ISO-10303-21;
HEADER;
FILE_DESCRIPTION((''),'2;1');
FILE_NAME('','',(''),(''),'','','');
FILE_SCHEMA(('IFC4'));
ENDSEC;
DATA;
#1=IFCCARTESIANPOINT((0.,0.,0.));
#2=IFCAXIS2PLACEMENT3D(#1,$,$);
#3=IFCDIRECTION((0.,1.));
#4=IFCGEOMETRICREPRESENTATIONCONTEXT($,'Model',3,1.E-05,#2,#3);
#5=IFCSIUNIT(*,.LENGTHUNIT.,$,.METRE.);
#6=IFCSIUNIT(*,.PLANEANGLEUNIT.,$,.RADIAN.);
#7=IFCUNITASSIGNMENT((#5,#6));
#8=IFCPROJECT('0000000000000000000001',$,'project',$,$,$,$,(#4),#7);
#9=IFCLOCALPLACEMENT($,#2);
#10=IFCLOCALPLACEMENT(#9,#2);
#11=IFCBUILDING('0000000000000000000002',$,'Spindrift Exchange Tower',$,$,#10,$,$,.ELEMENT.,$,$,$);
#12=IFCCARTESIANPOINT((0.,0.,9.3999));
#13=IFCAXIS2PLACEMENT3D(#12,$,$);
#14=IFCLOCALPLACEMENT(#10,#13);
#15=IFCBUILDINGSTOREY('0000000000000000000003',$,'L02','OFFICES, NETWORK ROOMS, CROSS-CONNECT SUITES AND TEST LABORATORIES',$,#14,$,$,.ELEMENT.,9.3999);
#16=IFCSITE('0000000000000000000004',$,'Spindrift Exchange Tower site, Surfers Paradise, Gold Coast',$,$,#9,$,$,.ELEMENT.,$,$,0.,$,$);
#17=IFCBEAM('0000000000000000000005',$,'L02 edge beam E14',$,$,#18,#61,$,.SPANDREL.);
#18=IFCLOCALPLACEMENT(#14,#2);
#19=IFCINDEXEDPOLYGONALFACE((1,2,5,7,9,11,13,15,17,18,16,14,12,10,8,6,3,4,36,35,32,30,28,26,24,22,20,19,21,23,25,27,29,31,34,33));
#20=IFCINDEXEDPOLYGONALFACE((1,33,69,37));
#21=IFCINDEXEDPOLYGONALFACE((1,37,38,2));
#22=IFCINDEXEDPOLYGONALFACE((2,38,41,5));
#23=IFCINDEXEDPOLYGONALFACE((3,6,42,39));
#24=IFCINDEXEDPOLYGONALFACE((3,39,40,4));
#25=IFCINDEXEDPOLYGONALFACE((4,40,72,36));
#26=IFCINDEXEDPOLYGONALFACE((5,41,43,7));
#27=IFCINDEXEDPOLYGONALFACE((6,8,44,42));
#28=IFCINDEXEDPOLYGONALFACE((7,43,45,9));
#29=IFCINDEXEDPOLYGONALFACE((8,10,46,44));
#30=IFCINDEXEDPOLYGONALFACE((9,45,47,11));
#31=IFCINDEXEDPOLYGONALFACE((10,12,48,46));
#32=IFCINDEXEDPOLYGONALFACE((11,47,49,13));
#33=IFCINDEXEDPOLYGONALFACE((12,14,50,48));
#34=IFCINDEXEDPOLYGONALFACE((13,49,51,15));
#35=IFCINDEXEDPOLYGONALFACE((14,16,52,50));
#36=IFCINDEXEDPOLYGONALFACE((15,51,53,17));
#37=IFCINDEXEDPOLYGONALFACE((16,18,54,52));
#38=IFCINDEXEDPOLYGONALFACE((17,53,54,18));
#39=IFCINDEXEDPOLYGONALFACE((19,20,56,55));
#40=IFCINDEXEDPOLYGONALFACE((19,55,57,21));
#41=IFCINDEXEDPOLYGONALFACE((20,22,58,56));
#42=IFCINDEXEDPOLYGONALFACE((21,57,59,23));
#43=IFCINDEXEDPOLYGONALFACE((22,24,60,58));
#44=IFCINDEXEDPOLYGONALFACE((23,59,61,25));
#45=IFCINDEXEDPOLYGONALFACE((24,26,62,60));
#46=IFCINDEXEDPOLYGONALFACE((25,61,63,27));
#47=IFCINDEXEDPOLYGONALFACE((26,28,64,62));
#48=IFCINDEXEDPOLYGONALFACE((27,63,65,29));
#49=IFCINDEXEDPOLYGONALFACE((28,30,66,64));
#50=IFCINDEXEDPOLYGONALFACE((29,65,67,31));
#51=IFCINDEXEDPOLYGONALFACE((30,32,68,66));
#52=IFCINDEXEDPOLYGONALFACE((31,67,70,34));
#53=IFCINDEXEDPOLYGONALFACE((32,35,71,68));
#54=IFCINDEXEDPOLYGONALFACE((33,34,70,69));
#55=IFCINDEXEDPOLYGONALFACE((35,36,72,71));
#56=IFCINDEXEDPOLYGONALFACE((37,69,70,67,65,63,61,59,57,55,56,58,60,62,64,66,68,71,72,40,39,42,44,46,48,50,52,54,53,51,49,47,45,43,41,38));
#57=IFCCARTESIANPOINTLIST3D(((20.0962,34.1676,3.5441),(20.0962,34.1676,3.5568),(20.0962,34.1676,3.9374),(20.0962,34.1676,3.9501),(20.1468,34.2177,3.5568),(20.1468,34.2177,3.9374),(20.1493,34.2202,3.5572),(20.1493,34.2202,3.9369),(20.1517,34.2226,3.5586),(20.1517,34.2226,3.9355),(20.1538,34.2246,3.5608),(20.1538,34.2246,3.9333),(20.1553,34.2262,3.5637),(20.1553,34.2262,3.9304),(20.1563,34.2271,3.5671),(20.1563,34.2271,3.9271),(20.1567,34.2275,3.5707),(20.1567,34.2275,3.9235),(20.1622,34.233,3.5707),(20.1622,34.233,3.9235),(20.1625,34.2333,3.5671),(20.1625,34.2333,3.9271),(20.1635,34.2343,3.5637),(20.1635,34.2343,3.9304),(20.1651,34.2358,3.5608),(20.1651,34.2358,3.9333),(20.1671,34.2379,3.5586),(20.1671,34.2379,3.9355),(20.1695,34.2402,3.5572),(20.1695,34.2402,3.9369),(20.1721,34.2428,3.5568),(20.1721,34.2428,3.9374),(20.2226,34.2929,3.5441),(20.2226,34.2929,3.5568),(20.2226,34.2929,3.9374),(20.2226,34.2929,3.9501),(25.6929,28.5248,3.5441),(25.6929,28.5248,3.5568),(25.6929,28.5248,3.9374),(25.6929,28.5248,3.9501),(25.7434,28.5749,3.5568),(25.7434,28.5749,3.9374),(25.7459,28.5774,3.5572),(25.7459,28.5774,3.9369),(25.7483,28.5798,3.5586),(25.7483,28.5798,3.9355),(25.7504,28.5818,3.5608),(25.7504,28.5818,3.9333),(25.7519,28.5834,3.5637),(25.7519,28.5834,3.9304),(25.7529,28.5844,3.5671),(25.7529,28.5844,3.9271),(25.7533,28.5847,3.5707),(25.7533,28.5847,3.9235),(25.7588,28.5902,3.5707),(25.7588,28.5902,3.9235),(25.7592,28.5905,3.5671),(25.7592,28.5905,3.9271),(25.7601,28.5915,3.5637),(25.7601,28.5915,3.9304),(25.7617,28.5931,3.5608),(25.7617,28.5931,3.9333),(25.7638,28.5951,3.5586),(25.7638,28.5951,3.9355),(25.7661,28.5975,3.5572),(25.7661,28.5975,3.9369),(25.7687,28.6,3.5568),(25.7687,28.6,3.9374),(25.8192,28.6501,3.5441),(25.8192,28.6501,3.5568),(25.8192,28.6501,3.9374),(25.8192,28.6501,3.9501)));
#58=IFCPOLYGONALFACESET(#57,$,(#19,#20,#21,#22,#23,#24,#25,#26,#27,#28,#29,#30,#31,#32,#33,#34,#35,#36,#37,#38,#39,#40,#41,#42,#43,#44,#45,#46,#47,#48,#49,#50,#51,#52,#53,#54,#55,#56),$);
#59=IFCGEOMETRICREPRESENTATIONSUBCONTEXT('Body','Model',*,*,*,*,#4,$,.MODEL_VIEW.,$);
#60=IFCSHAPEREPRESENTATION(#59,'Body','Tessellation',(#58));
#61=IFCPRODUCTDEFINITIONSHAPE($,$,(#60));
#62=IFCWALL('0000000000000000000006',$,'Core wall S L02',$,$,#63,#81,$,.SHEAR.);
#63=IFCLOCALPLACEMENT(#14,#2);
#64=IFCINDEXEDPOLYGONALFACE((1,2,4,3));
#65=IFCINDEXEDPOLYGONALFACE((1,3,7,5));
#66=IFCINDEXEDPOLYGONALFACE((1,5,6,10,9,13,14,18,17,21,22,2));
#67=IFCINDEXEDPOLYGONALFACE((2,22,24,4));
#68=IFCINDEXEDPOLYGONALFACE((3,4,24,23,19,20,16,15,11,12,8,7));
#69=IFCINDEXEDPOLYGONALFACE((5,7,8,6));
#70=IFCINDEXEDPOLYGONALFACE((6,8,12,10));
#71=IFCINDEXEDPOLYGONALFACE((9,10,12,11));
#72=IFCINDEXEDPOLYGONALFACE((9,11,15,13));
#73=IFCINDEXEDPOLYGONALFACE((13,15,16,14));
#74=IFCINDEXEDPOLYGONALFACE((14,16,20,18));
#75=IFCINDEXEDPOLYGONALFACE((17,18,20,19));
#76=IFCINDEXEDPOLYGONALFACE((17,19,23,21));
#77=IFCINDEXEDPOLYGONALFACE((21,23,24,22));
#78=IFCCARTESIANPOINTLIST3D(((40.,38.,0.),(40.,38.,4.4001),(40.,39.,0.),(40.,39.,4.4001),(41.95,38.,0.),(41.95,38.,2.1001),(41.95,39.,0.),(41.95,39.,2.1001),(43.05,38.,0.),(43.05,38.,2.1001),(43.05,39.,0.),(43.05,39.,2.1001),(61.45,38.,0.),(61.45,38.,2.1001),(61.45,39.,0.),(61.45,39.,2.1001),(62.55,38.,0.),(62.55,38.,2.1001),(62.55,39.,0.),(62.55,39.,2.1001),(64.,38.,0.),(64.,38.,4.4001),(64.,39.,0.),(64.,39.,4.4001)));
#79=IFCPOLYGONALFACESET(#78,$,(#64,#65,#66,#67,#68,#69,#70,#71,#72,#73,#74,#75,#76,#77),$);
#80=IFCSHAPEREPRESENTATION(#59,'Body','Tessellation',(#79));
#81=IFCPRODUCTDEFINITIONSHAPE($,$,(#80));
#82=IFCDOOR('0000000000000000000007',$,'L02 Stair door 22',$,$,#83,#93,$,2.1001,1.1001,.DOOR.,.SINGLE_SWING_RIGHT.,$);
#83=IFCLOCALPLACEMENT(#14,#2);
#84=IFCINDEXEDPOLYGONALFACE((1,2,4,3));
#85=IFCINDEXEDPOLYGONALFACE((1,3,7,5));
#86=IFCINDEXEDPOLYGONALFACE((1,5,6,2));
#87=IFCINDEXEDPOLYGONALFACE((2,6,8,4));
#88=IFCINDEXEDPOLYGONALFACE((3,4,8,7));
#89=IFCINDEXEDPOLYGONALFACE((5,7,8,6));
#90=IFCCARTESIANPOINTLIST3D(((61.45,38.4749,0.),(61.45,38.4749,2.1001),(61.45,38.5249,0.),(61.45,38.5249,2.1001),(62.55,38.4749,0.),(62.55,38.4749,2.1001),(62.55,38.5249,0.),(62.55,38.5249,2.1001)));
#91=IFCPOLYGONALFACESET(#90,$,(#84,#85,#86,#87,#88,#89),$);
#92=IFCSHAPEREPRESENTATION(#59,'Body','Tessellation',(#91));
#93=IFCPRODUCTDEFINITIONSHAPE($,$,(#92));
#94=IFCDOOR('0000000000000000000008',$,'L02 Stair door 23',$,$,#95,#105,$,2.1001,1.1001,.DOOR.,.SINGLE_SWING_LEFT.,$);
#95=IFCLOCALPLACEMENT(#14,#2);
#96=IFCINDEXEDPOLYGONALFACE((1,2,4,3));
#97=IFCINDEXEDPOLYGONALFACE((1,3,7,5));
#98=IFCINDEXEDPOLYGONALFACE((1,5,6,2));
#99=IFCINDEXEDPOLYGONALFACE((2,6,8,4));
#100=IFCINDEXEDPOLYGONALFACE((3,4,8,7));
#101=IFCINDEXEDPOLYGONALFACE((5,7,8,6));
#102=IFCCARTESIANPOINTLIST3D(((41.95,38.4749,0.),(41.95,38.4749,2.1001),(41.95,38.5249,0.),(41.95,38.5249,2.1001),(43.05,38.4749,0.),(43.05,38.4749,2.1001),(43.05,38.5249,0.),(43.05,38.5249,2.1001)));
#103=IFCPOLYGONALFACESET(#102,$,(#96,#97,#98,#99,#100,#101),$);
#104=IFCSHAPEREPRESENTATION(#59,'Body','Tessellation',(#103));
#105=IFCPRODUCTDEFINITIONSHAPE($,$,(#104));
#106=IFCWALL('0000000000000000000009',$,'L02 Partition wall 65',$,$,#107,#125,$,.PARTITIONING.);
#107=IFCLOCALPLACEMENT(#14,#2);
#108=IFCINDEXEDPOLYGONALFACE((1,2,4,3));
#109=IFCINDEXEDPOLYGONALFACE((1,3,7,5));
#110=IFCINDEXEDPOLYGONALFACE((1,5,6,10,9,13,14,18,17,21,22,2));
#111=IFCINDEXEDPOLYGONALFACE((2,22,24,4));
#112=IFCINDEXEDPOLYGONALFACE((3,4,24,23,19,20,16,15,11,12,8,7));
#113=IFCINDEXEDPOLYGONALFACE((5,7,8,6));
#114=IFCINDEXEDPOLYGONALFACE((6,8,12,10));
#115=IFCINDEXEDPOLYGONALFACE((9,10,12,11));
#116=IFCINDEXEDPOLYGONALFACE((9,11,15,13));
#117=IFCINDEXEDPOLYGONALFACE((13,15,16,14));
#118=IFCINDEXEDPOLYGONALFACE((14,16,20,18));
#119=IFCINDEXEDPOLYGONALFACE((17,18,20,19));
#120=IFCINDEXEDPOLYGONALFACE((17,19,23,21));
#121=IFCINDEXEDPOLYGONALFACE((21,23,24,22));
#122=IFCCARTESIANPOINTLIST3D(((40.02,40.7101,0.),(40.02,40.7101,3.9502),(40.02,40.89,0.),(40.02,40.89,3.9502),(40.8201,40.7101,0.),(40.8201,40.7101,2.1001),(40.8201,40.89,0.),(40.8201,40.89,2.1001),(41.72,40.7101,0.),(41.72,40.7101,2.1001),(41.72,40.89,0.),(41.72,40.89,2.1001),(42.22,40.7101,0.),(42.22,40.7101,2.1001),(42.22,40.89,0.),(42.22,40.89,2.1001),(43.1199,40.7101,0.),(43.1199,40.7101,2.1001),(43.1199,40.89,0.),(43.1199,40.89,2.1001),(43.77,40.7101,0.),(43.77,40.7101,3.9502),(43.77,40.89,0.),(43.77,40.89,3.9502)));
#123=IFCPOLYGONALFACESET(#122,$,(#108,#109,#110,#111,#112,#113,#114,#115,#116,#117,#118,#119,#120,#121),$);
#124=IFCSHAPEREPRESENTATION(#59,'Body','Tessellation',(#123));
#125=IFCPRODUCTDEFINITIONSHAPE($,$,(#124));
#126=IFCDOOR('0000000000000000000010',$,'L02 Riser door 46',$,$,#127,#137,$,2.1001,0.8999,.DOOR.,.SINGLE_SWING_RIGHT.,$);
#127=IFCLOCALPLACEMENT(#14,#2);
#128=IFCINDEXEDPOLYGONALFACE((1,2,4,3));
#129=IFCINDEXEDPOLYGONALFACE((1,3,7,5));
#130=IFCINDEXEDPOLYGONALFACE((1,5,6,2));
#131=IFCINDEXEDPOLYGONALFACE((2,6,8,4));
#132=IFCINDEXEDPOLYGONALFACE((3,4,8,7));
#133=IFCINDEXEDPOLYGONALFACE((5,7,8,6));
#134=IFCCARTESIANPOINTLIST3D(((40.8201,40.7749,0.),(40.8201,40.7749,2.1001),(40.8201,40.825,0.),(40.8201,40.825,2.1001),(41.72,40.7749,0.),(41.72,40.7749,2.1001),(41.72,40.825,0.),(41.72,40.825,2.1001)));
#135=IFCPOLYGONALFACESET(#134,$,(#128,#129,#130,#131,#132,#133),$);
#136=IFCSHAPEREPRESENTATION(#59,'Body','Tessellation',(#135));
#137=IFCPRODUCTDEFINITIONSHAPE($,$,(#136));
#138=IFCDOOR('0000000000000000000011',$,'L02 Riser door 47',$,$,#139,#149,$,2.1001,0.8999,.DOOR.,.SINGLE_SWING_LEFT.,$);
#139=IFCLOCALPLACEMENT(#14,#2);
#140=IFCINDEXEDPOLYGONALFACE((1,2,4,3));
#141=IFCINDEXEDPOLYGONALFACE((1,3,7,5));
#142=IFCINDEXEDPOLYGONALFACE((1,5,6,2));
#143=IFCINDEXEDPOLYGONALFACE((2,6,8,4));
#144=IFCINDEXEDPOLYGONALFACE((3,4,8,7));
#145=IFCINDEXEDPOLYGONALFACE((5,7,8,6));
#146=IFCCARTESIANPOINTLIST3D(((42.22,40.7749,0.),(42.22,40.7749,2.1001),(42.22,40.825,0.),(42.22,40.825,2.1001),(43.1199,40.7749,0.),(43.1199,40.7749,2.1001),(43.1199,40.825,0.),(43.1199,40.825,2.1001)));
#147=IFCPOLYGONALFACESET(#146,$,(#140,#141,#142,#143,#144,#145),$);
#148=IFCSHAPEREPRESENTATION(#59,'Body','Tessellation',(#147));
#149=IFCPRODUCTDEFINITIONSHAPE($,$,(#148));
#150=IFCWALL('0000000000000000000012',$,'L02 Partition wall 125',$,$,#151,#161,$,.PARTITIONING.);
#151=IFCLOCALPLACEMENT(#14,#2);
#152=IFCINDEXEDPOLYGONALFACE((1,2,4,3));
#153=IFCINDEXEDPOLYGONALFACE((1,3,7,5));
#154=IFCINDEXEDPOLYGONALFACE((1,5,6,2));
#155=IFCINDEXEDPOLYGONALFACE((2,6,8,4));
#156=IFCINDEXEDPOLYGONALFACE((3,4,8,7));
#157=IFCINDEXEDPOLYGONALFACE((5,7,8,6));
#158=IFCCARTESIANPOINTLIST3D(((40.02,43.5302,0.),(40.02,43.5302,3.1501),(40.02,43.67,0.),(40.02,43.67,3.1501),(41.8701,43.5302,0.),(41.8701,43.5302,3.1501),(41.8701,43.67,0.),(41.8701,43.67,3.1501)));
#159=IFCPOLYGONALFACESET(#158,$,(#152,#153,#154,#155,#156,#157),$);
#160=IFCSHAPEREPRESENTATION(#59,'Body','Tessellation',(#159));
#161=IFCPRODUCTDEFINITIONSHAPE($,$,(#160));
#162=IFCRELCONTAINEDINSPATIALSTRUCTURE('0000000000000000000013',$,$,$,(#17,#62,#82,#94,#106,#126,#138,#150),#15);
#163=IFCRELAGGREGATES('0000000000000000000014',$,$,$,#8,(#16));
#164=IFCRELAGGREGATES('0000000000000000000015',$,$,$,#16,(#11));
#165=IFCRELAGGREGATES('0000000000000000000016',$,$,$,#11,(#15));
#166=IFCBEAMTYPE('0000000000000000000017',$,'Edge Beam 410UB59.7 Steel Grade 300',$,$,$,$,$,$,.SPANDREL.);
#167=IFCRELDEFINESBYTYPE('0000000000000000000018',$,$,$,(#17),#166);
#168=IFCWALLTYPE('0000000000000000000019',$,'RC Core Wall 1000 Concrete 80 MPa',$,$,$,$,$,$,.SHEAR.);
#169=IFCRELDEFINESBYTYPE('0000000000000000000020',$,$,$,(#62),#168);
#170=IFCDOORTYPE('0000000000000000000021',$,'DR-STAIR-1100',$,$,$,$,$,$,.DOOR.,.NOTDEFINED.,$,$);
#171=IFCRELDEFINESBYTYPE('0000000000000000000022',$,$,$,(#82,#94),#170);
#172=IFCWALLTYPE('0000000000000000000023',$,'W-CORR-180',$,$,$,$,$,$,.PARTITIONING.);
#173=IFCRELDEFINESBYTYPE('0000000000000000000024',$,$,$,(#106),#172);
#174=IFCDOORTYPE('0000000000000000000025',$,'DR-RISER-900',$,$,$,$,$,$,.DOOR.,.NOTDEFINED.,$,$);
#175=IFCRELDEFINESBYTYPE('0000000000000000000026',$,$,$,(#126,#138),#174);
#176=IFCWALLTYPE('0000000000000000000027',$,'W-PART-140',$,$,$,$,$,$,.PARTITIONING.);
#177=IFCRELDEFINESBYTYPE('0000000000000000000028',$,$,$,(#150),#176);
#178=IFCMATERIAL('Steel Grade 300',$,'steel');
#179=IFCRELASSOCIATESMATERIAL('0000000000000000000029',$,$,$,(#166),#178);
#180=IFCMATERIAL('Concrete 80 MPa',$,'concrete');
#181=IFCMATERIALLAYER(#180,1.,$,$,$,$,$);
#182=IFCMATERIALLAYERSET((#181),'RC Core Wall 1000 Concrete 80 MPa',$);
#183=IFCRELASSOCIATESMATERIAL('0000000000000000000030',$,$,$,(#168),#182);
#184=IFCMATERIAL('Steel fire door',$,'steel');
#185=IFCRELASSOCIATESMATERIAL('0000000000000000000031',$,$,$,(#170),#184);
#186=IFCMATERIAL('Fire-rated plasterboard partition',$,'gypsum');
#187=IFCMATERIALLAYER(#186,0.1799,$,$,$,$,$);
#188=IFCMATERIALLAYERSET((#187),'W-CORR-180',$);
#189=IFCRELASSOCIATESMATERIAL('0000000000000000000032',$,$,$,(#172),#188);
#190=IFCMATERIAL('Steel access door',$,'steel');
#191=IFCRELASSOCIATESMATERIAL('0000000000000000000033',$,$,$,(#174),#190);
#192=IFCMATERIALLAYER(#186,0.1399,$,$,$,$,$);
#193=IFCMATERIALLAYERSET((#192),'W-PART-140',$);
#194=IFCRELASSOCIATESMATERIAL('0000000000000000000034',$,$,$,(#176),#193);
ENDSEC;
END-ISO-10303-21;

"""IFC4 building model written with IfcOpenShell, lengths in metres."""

from ifc_helpers import new_model, si_unit, direction, frame, frame_2d, origin, origin_2d, place, context, subcontext, project, spatial, rectangle, i_section, extrude, source, transform, mapped, material, layer, layer_set, material_profile, profile_set, type_object, element, fill, save


model = new_model("IFC4")

# Units and contexts
model_context = context("Model", 3, precision=1e-05, world=origin(), true_north=direction((0.0, 1.0)))
body_context = subcontext(model_context, "Body", "Model", "MODEL_VIEW")
ifc_project = project(units=[si_unit("LENGTHUNIT", "METRE"), si_unit("PLANEANGLEUNIT", "RADIAN")], contexts=[model_context])

# Site, building, storey
site_placement = place(None, origin())
site = spatial("IfcSite", under=ifc_project, at=site_placement, Name="Spindrift Exchange Tower site, Surfers Paradise, Gold Coast", CompositionType="ELEMENT", RefElevation=0.0)
building_placement = place(site_placement, origin())
building = spatial("IfcBuilding", under=site, at=building_placement, Name="Spindrift Exchange Tower", CompositionType="ELEMENT")
storey_placement = place(building_placement, frame((0.0, 0.0, 9.3999)))
storey = spatial("IfcBuildingStorey", under=building, at=storey_placement, Name="L02", Description="OFFICES, NETWORK ROOMS, CROSS-CONNECT SUITES AND TEST LABORATORIES", CompositionType="ELEMENT", Elevation=9.3999)

# Shared definitions
ifc_material_1 = material(Name="Concrete 80 MPa", Category="concrete")

# Beam
ifc_material_2 = material(Name="Steel Grade 300", Category="steel")
ifc_material_profile_1 = material_profile(ifc_material_2, i_section(OverallWidth=0.178, OverallDepth=0.406, WebThickness=0.0078, FlangeThickness=0.0127, FilletRadius=0.0139, at=origin_2d()), Name="410UB59.7")
ifc_profile_set_1 = profile_set([ifc_material_profile_1], Name="Steel Grade 300")
beam_type_1 = type_object("IfcBeamType", Name="Edge Beam 410UB59.7 Steel Grade 300", PredefinedType="SPANDREL", material=ifc_profile_set_1)
shared_shape_1 = source(origin(), body_context, "Body", "SweptSolid", [
    extrude(i_section(OverallWidth=0.178, OverallDepth=0.406, WebThickness=0.0078, FlangeThickness=0.0127, FilletRadius=0.0139, at=origin_2d()), origin(), (0.0, 0.0, 1.0), 7.9475),
])
beam_1_placement = place(storey_placement, frame((20.1594, 34.2302, 3.7471), z_axis=(0.704198, -0.710004, 0.0), x_axis=(0.710004, 0.704198, 0.0)))
element("IfcBeam", 1, at=beam_1_placement, inside=storey, type_object=beam_type_1, Name="L02 edge beam E14", PredefinedType="SPANDREL", context=body_context, shape_type="MappedRepresentation", body=[
    mapped(shared_shape_1, transform((0.0, 0.0, 0.0), scale=1.0)),
])

# Walls, openings, doors
ifc_layer_1 = layer(ifc_material_1, 1.0)
ifc_layer_set_1 = layer_set([ifc_layer_1], Name="RC Core Wall 1000 Concrete 80 MPa")
wall_type_1 = type_object("IfcWallType", Name="RC Core Wall 1000 Concrete 80 MPa", PredefinedType="SHEAR", material=ifc_layer_set_1)
wall_1_placement = place(storey_placement, frame((40.0, 38.5, 0.0), z_axis=(0.0, 0.0, 1.0), x_axis=(1.0, 0.0, 0.0)))
wall_1 = element("IfcWall", 2, at=wall_1_placement, inside=storey, type_object=wall_type_1, Name="Core wall S L02", PredefinedType="SHEAR", context=body_context, shape_type="SweptSolid", body=[
    extrude(rectangle(XDim=24.0, YDim=1.0, at=frame_2d((12.0, 0.0))), origin(), (0.0, 0.0, 1.0), 4.4001),
])
opening_1_placement = place(wall_1_placement, frame((21.45, 0.0, 0.0)))
opening_1 = element("IfcOpeningElement", 3, at=opening_1_placement, cuts=wall_1, PredefinedType="OPENING", context=body_context, shape_type="SweptSolid", body=[
    extrude(rectangle(XDim=1.1001, YDim=2.1001, at=frame_2d((0.55, 1.05))), frame((0.0, 0.51, 0.0), z_axis=(0.0, -1.0, 0.0), x_axis=(1.0, 0.0, 0.0)), (0.0, 0.0, 1.0), 1.02),
])
opening_2_placement = place(wall_1_placement, frame((1.95, 0.0, 0.0)))
opening_2 = element("IfcOpeningElement", 4, at=opening_2_placement, cuts=wall_1, PredefinedType="OPENING", context=body_context, shape_type="SweptSolid", body=[
    extrude(rectangle(XDim=1.1001, YDim=2.1001, at=frame_2d((0.55, 1.05))), frame((0.0, 0.51, 0.0), z_axis=(0.0, -1.0, 0.0), x_axis=(1.0, 0.0, 0.0)), (0.0, 0.0, 1.0), 1.02),
])
ifc_material_3 = material(Name="Steel fire door", Category="steel")
door_type_1 = type_object("IfcDoorType", Name="DR-STAIR-1100", OperationType="NOTDEFINED", PredefinedType="DOOR", material=ifc_material_3)
shared_shape_2 = source(origin(), body_context, "Body", "SweptSolid", [
    extrude(rectangle(XDim=1.1001, YDim=2.1001, at=frame_2d((0.55, 1.05))), frame((0.0, 0.0249, 0.0), z_axis=(0.0, -1.0, 0.0), x_axis=(1.0, 0.0, 0.0)), (0.0, 0.0, 1.0), 0.05),
])
door_1_placement = place(opening_1_placement, origin())
door_1 = element("IfcDoor", 5, at=door_1_placement, inside=storey, type_object=door_type_1, Name="L02 Stair door 22", OperationType="SINGLE_SWING_RIGHT", OverallHeight=2.1001, OverallWidth=1.1001, PredefinedType="DOOR", context=body_context, shape_type="MappedRepresentation", body=[
    mapped(shared_shape_2, transform((0.0, 0.0, 0.0), scale=1.0)),
])
fill(opening_1, door_1)
door_2_placement = place(opening_2_placement, origin())
door_2 = element("IfcDoor", 6, at=door_2_placement, inside=storey, type_object=door_type_1, Name="L02 Stair door 23", OperationType="SINGLE_SWING_LEFT", OverallHeight=2.1001, OverallWidth=1.1001, PredefinedType="DOOR", context=body_context, shape_type="MappedRepresentation", body=[
    mapped(shared_shape_2, transform((0.0, 0.0, 0.0), scale=1.0)),
])
fill(opening_2, door_2)
ifc_material_4 = material(Name="Fire-rated plasterboard partition", Category="gypsum")
ifc_layer_2 = layer(ifc_material_4, 0.1799)
ifc_layer_set_2 = layer_set([ifc_layer_2], Name="W-CORR-180")
wall_type_2 = type_object("IfcWallType", Name="W-CORR-180", PredefinedType="PARTITIONING", material=ifc_layer_set_2)
wall_2_placement = place(storey_placement, frame((40.02, 40.8, 0.0), z_axis=(0.0, 0.0, 1.0), x_axis=(1.0, 0.0, 0.0)))
wall_2 = element("IfcWall", 7, at=wall_2_placement, inside=storey, type_object=wall_type_2, Name="L02 Partition wall 65", PredefinedType="PARTITIONING", context=body_context, shape_type="SweptSolid", body=[
    extrude(rectangle(XDim=3.75, YDim=0.1799, at=frame_2d((1.875, 0.0))), origin(), (0.0, 0.0, 1.0), 3.9502),
])
opening_3_placement = place(wall_2_placement, frame((0.8, 0.0, 0.0)))
opening_3 = element("IfcOpeningElement", 8, at=opening_3_placement, cuts=wall_2, PredefinedType="OPENING", context=body_context, shape_type="SweptSolid", body=[
    extrude(rectangle(XDim=0.8999, YDim=2.1001, at=frame_2d((0.45, 1.05))), frame((0.0, 0.0999, 0.0), z_axis=(0.0, -1.0, 0.0), x_axis=(1.0, 0.0, 0.0)), (0.0, 0.0, 1.0), 0.2),
])
opening_4_placement = place(wall_2_placement, frame((2.2, 0.0, 0.0)))
opening_4 = element("IfcOpeningElement", 9, at=opening_4_placement, cuts=wall_2, PredefinedType="OPENING", context=body_context, shape_type="SweptSolid", body=[
    extrude(rectangle(XDim=0.8999, YDim=2.1001, at=frame_2d((0.45, 1.05))), frame((0.0, 0.0999, 0.0), z_axis=(0.0, -1.0, 0.0), x_axis=(1.0, 0.0, 0.0)), (0.0, 0.0, 1.0), 0.2),
])
ifc_material_5 = material(Name="Steel access door", Category="steel")
door_type_2 = type_object("IfcDoorType", Name="DR-RISER-900", OperationType="NOTDEFINED", PredefinedType="DOOR", material=ifc_material_5)
shared_shape_3 = source(origin(), body_context, "Body", "SweptSolid", [
    extrude(rectangle(XDim=0.8999, YDim=2.1001, at=frame_2d((0.45, 1.05))), frame((0.0, 0.0249, 0.0), z_axis=(0.0, -1.0, 0.0), x_axis=(1.0, 0.0, 0.0)), (0.0, 0.0, 1.0), 0.05),
])
door_3_placement = place(opening_3_placement, origin())
door_3 = element("IfcDoor", 10, at=door_3_placement, inside=storey, type_object=door_type_2, Name="L02 Riser door 46", OperationType="SINGLE_SWING_RIGHT", OverallHeight=2.1001, OverallWidth=0.8999, PredefinedType="DOOR", context=body_context, shape_type="MappedRepresentation", body=[
    mapped(shared_shape_3, transform((0.0, 0.0, 0.0), scale=1.0)),
])
fill(opening_3, door_3)
door_4_placement = place(opening_4_placement, origin())
door_4 = element("IfcDoor", 11, at=door_4_placement, inside=storey, type_object=door_type_2, Name="L02 Riser door 47", OperationType="SINGLE_SWING_LEFT", OverallHeight=2.1001, OverallWidth=0.8999, PredefinedType="DOOR", context=body_context, shape_type="MappedRepresentation", body=[
    mapped(shared_shape_3, transform((0.0, 0.0, 0.0), scale=1.0)),
])
fill(opening_4, door_4)

# Wall
ifc_layer_3 = layer(ifc_material_4, 0.1399)
ifc_layer_set_3 = layer_set([ifc_layer_3], Name="W-PART-140")
wall_type_3 = type_object("IfcWallType", Name="W-PART-140", PredefinedType="PARTITIONING", material=ifc_layer_set_3)
wall_3_placement = place(storey_placement, frame((41.8701, 43.6001, 0.0), z_axis=(0.0, 0.0, 1.0), x_axis=(-1.0, 0.0, 0.0)))
element("IfcWall", 12, at=wall_3_placement, inside=storey, type_object=wall_type_3, Name="L02 Partition wall 125", PredefinedType="PARTITIONING", context=body_context, shape_type="SweptSolid", body=[
    extrude(rectangle(XDim=1.8501, YDim=0.1399, at=frame_2d((0.925, 0.0))), origin(), (0.0, 0.0, 1.0), 3.1501),
])

save(model, "model.ifc")
